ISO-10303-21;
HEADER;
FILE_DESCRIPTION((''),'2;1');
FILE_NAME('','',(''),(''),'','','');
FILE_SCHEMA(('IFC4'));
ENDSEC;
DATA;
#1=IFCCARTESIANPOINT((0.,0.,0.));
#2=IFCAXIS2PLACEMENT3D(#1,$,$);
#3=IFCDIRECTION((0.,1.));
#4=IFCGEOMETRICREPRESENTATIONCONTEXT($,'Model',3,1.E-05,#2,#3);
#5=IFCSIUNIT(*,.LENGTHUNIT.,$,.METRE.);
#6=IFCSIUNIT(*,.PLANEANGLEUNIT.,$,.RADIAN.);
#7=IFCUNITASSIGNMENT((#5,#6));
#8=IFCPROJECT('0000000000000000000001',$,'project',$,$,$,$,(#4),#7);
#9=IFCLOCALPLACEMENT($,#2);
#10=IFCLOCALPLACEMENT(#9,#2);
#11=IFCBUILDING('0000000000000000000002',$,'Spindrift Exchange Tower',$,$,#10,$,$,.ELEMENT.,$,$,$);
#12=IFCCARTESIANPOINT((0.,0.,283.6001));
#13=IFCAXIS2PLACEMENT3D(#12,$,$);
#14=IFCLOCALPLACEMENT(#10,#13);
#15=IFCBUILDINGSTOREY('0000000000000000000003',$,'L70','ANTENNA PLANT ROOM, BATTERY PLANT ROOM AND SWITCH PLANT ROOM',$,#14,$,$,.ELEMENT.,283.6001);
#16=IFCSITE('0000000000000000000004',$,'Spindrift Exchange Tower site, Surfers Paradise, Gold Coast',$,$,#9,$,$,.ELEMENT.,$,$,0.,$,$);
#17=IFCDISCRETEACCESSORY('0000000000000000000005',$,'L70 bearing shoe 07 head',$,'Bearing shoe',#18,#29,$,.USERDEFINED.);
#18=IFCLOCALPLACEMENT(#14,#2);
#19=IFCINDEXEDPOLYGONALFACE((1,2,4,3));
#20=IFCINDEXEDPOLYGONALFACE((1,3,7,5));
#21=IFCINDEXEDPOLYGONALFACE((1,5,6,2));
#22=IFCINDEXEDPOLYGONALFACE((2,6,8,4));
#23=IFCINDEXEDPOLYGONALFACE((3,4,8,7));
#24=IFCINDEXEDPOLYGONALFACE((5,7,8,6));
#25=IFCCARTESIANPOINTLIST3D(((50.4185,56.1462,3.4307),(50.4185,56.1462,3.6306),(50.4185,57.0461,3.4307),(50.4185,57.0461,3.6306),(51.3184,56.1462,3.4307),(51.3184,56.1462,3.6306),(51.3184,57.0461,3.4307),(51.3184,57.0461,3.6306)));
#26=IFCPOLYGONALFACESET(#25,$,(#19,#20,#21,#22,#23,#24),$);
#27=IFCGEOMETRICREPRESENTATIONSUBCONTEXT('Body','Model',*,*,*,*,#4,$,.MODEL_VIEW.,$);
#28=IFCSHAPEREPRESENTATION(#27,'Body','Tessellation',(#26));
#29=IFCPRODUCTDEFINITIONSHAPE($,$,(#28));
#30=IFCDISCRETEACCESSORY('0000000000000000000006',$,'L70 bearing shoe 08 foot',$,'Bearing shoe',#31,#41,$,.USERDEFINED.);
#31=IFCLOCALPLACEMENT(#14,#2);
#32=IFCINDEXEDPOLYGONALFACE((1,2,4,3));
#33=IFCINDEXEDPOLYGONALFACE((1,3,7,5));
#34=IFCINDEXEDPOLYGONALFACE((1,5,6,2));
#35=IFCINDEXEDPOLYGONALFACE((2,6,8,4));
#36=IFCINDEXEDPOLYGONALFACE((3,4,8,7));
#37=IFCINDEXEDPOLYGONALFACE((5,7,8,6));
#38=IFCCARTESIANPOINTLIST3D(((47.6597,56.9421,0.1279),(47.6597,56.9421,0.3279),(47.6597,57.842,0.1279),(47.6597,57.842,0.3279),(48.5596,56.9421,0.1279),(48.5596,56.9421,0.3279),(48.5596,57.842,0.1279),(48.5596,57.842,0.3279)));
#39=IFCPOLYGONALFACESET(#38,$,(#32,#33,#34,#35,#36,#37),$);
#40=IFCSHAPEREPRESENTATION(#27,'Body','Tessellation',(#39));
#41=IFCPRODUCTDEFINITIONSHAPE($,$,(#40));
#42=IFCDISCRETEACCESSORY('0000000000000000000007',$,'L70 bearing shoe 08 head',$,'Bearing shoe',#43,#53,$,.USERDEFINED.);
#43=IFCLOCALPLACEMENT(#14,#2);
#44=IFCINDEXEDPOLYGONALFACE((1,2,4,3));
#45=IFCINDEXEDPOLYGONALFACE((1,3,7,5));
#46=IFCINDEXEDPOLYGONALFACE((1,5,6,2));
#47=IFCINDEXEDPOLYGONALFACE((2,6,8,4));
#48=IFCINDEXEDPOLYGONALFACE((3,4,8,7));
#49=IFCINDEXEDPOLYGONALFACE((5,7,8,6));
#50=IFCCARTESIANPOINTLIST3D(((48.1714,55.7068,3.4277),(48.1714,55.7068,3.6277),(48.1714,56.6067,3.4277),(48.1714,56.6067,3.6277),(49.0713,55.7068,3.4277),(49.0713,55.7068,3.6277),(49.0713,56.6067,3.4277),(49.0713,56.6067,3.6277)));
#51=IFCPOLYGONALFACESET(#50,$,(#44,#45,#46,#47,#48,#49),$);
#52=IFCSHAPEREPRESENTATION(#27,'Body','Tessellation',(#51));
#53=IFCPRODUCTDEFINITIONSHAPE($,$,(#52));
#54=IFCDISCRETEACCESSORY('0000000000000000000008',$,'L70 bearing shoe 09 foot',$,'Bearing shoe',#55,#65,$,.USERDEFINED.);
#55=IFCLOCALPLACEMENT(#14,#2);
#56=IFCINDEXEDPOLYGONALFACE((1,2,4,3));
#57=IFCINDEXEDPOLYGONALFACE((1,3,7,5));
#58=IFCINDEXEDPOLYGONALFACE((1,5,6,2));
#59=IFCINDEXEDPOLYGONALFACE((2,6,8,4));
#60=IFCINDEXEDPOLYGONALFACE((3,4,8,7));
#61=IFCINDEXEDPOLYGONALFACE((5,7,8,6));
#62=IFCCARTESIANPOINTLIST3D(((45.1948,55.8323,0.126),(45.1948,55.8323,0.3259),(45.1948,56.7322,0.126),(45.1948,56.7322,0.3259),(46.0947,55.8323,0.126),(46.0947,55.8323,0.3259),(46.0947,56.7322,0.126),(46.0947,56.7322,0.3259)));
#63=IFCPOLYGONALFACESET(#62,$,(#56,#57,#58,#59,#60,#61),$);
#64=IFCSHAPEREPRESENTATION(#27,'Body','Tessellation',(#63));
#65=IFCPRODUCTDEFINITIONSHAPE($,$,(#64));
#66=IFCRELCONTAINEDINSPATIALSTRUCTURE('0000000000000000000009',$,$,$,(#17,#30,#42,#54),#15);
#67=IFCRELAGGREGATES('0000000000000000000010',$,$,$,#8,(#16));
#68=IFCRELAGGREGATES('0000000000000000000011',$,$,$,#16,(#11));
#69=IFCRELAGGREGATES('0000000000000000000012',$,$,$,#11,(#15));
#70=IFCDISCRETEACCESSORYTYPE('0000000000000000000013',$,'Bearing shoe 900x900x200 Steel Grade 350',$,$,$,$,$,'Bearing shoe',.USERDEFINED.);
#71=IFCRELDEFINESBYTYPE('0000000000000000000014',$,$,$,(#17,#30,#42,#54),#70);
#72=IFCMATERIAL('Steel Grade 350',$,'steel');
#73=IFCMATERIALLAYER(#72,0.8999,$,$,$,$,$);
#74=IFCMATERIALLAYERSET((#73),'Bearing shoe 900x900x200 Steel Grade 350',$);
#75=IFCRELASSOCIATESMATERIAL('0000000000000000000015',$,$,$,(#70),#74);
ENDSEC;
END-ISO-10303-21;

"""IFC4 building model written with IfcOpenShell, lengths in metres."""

from ifc_helpers import new_model, si_unit, direction, frame, origin, origin_2d, place, context, subcontext, project, spatial, rectangle, extrude, source, transform, mapped, material, layer, layer_set, type_object, element, save


model = new_model("IFC4")

# Units and contexts
model_context = context("Model", 3, precision=1e-05, world=origin(), true_north=direction((0.0, 1.0)))
body_context = subcontext(model_context, "Body", "Model", "MODEL_VIEW")
ifc_project = project(units=[si_unit("LENGTHUNIT", "METRE"), si_unit("PLANEANGLEUNIT", "RADIAN")], contexts=[model_context])

# Site, building, storey
site_placement = place(None, origin())
site = spatial("IfcSite", under=ifc_project, at=site_placement, Name="Spindrift Exchange Tower site, Surfers Paradise, Gold Coast", CompositionType="ELEMENT", RefElevation=0.0)
building_placement = place(site_placement, origin())
building = spatial("IfcBuilding", under=site, at=building_placement, Name="Spindrift Exchange Tower", CompositionType="ELEMENT")
storey_placement = place(building_placement, frame((0.0, 0.0, 283.6001)))
storey = spatial("IfcBuildingStorey", under=building, at=storey_placement, Name="L70", Description="ANTENNA PLANT ROOM, BATTERY PLANT ROOM AND SWITCH PLANT ROOM", CompositionType="ELEMENT", Elevation=283.6001)

# Discrete accessories
ifc_material_1 = material(Name="Steel Grade 350", Category="steel")
ifc_layer_1 = layer(ifc_material_1, 0.8999)
ifc_layer_set_1 = layer_set([ifc_layer_1], Name="Bearing shoe 900x900x200 Steel Grade 350")
discrete_accessory_type = type_object("IfcDiscreteAccessoryType", Name="Bearing shoe 900x900x200 Steel Grade 350", ElementType="Bearing shoe", PredefinedType="USERDEFINED", material=ifc_layer_set_1)
shared_shape_1 = source(origin(), body_context, "Body", "SweptSolid", [
    extrude(rectangle(XDim=0.8999, YDim=0.8999, at=origin_2d()), origin(), (0.0, 0.0, 1.0), 0.2),
])
for number, where, z_axis, x_axis, name in (
    (1, (50.8684, 56.5962, 3.4307), (0.0, 0.0, 1.0), (1.0, 0.0, 0.0), "L70 bearing shoe 07 head"),
    (2, (48.1096, 57.3921, 0.1279), (0.0, 0.0, 1.0), (1.0, 0.0, 0.0), "L70 bearing shoe 08 foot"),
    (3, (48.6213, 56.1567, 3.4277), (0.0, 0.0, 1.0), (1.0, 0.0, 0.0), "L70 bearing shoe 08 head"),
    (4, (45.6448, 56.2822, 0.126), (0.0, 0.0, 1.0), (1.0, 0.0, 0.0), "L70 bearing shoe 09 foot"),
):
    element("IfcDiscreteAccessory", number, at=place(storey_placement, frame(where, z_axis=z_axis, x_axis=x_axis)), inside=storey, type_object=discrete_accessory_type, Name=name, ObjectType="Bearing shoe", PredefinedType="USERDEFINED", context=body_context, shape_type="MappedRepresentation", body=[
        mapped(shared_shape_1, transform((0.0, 0.0, 0.0), scale=1.0)),
    ])

save(model, "model.ifc")
